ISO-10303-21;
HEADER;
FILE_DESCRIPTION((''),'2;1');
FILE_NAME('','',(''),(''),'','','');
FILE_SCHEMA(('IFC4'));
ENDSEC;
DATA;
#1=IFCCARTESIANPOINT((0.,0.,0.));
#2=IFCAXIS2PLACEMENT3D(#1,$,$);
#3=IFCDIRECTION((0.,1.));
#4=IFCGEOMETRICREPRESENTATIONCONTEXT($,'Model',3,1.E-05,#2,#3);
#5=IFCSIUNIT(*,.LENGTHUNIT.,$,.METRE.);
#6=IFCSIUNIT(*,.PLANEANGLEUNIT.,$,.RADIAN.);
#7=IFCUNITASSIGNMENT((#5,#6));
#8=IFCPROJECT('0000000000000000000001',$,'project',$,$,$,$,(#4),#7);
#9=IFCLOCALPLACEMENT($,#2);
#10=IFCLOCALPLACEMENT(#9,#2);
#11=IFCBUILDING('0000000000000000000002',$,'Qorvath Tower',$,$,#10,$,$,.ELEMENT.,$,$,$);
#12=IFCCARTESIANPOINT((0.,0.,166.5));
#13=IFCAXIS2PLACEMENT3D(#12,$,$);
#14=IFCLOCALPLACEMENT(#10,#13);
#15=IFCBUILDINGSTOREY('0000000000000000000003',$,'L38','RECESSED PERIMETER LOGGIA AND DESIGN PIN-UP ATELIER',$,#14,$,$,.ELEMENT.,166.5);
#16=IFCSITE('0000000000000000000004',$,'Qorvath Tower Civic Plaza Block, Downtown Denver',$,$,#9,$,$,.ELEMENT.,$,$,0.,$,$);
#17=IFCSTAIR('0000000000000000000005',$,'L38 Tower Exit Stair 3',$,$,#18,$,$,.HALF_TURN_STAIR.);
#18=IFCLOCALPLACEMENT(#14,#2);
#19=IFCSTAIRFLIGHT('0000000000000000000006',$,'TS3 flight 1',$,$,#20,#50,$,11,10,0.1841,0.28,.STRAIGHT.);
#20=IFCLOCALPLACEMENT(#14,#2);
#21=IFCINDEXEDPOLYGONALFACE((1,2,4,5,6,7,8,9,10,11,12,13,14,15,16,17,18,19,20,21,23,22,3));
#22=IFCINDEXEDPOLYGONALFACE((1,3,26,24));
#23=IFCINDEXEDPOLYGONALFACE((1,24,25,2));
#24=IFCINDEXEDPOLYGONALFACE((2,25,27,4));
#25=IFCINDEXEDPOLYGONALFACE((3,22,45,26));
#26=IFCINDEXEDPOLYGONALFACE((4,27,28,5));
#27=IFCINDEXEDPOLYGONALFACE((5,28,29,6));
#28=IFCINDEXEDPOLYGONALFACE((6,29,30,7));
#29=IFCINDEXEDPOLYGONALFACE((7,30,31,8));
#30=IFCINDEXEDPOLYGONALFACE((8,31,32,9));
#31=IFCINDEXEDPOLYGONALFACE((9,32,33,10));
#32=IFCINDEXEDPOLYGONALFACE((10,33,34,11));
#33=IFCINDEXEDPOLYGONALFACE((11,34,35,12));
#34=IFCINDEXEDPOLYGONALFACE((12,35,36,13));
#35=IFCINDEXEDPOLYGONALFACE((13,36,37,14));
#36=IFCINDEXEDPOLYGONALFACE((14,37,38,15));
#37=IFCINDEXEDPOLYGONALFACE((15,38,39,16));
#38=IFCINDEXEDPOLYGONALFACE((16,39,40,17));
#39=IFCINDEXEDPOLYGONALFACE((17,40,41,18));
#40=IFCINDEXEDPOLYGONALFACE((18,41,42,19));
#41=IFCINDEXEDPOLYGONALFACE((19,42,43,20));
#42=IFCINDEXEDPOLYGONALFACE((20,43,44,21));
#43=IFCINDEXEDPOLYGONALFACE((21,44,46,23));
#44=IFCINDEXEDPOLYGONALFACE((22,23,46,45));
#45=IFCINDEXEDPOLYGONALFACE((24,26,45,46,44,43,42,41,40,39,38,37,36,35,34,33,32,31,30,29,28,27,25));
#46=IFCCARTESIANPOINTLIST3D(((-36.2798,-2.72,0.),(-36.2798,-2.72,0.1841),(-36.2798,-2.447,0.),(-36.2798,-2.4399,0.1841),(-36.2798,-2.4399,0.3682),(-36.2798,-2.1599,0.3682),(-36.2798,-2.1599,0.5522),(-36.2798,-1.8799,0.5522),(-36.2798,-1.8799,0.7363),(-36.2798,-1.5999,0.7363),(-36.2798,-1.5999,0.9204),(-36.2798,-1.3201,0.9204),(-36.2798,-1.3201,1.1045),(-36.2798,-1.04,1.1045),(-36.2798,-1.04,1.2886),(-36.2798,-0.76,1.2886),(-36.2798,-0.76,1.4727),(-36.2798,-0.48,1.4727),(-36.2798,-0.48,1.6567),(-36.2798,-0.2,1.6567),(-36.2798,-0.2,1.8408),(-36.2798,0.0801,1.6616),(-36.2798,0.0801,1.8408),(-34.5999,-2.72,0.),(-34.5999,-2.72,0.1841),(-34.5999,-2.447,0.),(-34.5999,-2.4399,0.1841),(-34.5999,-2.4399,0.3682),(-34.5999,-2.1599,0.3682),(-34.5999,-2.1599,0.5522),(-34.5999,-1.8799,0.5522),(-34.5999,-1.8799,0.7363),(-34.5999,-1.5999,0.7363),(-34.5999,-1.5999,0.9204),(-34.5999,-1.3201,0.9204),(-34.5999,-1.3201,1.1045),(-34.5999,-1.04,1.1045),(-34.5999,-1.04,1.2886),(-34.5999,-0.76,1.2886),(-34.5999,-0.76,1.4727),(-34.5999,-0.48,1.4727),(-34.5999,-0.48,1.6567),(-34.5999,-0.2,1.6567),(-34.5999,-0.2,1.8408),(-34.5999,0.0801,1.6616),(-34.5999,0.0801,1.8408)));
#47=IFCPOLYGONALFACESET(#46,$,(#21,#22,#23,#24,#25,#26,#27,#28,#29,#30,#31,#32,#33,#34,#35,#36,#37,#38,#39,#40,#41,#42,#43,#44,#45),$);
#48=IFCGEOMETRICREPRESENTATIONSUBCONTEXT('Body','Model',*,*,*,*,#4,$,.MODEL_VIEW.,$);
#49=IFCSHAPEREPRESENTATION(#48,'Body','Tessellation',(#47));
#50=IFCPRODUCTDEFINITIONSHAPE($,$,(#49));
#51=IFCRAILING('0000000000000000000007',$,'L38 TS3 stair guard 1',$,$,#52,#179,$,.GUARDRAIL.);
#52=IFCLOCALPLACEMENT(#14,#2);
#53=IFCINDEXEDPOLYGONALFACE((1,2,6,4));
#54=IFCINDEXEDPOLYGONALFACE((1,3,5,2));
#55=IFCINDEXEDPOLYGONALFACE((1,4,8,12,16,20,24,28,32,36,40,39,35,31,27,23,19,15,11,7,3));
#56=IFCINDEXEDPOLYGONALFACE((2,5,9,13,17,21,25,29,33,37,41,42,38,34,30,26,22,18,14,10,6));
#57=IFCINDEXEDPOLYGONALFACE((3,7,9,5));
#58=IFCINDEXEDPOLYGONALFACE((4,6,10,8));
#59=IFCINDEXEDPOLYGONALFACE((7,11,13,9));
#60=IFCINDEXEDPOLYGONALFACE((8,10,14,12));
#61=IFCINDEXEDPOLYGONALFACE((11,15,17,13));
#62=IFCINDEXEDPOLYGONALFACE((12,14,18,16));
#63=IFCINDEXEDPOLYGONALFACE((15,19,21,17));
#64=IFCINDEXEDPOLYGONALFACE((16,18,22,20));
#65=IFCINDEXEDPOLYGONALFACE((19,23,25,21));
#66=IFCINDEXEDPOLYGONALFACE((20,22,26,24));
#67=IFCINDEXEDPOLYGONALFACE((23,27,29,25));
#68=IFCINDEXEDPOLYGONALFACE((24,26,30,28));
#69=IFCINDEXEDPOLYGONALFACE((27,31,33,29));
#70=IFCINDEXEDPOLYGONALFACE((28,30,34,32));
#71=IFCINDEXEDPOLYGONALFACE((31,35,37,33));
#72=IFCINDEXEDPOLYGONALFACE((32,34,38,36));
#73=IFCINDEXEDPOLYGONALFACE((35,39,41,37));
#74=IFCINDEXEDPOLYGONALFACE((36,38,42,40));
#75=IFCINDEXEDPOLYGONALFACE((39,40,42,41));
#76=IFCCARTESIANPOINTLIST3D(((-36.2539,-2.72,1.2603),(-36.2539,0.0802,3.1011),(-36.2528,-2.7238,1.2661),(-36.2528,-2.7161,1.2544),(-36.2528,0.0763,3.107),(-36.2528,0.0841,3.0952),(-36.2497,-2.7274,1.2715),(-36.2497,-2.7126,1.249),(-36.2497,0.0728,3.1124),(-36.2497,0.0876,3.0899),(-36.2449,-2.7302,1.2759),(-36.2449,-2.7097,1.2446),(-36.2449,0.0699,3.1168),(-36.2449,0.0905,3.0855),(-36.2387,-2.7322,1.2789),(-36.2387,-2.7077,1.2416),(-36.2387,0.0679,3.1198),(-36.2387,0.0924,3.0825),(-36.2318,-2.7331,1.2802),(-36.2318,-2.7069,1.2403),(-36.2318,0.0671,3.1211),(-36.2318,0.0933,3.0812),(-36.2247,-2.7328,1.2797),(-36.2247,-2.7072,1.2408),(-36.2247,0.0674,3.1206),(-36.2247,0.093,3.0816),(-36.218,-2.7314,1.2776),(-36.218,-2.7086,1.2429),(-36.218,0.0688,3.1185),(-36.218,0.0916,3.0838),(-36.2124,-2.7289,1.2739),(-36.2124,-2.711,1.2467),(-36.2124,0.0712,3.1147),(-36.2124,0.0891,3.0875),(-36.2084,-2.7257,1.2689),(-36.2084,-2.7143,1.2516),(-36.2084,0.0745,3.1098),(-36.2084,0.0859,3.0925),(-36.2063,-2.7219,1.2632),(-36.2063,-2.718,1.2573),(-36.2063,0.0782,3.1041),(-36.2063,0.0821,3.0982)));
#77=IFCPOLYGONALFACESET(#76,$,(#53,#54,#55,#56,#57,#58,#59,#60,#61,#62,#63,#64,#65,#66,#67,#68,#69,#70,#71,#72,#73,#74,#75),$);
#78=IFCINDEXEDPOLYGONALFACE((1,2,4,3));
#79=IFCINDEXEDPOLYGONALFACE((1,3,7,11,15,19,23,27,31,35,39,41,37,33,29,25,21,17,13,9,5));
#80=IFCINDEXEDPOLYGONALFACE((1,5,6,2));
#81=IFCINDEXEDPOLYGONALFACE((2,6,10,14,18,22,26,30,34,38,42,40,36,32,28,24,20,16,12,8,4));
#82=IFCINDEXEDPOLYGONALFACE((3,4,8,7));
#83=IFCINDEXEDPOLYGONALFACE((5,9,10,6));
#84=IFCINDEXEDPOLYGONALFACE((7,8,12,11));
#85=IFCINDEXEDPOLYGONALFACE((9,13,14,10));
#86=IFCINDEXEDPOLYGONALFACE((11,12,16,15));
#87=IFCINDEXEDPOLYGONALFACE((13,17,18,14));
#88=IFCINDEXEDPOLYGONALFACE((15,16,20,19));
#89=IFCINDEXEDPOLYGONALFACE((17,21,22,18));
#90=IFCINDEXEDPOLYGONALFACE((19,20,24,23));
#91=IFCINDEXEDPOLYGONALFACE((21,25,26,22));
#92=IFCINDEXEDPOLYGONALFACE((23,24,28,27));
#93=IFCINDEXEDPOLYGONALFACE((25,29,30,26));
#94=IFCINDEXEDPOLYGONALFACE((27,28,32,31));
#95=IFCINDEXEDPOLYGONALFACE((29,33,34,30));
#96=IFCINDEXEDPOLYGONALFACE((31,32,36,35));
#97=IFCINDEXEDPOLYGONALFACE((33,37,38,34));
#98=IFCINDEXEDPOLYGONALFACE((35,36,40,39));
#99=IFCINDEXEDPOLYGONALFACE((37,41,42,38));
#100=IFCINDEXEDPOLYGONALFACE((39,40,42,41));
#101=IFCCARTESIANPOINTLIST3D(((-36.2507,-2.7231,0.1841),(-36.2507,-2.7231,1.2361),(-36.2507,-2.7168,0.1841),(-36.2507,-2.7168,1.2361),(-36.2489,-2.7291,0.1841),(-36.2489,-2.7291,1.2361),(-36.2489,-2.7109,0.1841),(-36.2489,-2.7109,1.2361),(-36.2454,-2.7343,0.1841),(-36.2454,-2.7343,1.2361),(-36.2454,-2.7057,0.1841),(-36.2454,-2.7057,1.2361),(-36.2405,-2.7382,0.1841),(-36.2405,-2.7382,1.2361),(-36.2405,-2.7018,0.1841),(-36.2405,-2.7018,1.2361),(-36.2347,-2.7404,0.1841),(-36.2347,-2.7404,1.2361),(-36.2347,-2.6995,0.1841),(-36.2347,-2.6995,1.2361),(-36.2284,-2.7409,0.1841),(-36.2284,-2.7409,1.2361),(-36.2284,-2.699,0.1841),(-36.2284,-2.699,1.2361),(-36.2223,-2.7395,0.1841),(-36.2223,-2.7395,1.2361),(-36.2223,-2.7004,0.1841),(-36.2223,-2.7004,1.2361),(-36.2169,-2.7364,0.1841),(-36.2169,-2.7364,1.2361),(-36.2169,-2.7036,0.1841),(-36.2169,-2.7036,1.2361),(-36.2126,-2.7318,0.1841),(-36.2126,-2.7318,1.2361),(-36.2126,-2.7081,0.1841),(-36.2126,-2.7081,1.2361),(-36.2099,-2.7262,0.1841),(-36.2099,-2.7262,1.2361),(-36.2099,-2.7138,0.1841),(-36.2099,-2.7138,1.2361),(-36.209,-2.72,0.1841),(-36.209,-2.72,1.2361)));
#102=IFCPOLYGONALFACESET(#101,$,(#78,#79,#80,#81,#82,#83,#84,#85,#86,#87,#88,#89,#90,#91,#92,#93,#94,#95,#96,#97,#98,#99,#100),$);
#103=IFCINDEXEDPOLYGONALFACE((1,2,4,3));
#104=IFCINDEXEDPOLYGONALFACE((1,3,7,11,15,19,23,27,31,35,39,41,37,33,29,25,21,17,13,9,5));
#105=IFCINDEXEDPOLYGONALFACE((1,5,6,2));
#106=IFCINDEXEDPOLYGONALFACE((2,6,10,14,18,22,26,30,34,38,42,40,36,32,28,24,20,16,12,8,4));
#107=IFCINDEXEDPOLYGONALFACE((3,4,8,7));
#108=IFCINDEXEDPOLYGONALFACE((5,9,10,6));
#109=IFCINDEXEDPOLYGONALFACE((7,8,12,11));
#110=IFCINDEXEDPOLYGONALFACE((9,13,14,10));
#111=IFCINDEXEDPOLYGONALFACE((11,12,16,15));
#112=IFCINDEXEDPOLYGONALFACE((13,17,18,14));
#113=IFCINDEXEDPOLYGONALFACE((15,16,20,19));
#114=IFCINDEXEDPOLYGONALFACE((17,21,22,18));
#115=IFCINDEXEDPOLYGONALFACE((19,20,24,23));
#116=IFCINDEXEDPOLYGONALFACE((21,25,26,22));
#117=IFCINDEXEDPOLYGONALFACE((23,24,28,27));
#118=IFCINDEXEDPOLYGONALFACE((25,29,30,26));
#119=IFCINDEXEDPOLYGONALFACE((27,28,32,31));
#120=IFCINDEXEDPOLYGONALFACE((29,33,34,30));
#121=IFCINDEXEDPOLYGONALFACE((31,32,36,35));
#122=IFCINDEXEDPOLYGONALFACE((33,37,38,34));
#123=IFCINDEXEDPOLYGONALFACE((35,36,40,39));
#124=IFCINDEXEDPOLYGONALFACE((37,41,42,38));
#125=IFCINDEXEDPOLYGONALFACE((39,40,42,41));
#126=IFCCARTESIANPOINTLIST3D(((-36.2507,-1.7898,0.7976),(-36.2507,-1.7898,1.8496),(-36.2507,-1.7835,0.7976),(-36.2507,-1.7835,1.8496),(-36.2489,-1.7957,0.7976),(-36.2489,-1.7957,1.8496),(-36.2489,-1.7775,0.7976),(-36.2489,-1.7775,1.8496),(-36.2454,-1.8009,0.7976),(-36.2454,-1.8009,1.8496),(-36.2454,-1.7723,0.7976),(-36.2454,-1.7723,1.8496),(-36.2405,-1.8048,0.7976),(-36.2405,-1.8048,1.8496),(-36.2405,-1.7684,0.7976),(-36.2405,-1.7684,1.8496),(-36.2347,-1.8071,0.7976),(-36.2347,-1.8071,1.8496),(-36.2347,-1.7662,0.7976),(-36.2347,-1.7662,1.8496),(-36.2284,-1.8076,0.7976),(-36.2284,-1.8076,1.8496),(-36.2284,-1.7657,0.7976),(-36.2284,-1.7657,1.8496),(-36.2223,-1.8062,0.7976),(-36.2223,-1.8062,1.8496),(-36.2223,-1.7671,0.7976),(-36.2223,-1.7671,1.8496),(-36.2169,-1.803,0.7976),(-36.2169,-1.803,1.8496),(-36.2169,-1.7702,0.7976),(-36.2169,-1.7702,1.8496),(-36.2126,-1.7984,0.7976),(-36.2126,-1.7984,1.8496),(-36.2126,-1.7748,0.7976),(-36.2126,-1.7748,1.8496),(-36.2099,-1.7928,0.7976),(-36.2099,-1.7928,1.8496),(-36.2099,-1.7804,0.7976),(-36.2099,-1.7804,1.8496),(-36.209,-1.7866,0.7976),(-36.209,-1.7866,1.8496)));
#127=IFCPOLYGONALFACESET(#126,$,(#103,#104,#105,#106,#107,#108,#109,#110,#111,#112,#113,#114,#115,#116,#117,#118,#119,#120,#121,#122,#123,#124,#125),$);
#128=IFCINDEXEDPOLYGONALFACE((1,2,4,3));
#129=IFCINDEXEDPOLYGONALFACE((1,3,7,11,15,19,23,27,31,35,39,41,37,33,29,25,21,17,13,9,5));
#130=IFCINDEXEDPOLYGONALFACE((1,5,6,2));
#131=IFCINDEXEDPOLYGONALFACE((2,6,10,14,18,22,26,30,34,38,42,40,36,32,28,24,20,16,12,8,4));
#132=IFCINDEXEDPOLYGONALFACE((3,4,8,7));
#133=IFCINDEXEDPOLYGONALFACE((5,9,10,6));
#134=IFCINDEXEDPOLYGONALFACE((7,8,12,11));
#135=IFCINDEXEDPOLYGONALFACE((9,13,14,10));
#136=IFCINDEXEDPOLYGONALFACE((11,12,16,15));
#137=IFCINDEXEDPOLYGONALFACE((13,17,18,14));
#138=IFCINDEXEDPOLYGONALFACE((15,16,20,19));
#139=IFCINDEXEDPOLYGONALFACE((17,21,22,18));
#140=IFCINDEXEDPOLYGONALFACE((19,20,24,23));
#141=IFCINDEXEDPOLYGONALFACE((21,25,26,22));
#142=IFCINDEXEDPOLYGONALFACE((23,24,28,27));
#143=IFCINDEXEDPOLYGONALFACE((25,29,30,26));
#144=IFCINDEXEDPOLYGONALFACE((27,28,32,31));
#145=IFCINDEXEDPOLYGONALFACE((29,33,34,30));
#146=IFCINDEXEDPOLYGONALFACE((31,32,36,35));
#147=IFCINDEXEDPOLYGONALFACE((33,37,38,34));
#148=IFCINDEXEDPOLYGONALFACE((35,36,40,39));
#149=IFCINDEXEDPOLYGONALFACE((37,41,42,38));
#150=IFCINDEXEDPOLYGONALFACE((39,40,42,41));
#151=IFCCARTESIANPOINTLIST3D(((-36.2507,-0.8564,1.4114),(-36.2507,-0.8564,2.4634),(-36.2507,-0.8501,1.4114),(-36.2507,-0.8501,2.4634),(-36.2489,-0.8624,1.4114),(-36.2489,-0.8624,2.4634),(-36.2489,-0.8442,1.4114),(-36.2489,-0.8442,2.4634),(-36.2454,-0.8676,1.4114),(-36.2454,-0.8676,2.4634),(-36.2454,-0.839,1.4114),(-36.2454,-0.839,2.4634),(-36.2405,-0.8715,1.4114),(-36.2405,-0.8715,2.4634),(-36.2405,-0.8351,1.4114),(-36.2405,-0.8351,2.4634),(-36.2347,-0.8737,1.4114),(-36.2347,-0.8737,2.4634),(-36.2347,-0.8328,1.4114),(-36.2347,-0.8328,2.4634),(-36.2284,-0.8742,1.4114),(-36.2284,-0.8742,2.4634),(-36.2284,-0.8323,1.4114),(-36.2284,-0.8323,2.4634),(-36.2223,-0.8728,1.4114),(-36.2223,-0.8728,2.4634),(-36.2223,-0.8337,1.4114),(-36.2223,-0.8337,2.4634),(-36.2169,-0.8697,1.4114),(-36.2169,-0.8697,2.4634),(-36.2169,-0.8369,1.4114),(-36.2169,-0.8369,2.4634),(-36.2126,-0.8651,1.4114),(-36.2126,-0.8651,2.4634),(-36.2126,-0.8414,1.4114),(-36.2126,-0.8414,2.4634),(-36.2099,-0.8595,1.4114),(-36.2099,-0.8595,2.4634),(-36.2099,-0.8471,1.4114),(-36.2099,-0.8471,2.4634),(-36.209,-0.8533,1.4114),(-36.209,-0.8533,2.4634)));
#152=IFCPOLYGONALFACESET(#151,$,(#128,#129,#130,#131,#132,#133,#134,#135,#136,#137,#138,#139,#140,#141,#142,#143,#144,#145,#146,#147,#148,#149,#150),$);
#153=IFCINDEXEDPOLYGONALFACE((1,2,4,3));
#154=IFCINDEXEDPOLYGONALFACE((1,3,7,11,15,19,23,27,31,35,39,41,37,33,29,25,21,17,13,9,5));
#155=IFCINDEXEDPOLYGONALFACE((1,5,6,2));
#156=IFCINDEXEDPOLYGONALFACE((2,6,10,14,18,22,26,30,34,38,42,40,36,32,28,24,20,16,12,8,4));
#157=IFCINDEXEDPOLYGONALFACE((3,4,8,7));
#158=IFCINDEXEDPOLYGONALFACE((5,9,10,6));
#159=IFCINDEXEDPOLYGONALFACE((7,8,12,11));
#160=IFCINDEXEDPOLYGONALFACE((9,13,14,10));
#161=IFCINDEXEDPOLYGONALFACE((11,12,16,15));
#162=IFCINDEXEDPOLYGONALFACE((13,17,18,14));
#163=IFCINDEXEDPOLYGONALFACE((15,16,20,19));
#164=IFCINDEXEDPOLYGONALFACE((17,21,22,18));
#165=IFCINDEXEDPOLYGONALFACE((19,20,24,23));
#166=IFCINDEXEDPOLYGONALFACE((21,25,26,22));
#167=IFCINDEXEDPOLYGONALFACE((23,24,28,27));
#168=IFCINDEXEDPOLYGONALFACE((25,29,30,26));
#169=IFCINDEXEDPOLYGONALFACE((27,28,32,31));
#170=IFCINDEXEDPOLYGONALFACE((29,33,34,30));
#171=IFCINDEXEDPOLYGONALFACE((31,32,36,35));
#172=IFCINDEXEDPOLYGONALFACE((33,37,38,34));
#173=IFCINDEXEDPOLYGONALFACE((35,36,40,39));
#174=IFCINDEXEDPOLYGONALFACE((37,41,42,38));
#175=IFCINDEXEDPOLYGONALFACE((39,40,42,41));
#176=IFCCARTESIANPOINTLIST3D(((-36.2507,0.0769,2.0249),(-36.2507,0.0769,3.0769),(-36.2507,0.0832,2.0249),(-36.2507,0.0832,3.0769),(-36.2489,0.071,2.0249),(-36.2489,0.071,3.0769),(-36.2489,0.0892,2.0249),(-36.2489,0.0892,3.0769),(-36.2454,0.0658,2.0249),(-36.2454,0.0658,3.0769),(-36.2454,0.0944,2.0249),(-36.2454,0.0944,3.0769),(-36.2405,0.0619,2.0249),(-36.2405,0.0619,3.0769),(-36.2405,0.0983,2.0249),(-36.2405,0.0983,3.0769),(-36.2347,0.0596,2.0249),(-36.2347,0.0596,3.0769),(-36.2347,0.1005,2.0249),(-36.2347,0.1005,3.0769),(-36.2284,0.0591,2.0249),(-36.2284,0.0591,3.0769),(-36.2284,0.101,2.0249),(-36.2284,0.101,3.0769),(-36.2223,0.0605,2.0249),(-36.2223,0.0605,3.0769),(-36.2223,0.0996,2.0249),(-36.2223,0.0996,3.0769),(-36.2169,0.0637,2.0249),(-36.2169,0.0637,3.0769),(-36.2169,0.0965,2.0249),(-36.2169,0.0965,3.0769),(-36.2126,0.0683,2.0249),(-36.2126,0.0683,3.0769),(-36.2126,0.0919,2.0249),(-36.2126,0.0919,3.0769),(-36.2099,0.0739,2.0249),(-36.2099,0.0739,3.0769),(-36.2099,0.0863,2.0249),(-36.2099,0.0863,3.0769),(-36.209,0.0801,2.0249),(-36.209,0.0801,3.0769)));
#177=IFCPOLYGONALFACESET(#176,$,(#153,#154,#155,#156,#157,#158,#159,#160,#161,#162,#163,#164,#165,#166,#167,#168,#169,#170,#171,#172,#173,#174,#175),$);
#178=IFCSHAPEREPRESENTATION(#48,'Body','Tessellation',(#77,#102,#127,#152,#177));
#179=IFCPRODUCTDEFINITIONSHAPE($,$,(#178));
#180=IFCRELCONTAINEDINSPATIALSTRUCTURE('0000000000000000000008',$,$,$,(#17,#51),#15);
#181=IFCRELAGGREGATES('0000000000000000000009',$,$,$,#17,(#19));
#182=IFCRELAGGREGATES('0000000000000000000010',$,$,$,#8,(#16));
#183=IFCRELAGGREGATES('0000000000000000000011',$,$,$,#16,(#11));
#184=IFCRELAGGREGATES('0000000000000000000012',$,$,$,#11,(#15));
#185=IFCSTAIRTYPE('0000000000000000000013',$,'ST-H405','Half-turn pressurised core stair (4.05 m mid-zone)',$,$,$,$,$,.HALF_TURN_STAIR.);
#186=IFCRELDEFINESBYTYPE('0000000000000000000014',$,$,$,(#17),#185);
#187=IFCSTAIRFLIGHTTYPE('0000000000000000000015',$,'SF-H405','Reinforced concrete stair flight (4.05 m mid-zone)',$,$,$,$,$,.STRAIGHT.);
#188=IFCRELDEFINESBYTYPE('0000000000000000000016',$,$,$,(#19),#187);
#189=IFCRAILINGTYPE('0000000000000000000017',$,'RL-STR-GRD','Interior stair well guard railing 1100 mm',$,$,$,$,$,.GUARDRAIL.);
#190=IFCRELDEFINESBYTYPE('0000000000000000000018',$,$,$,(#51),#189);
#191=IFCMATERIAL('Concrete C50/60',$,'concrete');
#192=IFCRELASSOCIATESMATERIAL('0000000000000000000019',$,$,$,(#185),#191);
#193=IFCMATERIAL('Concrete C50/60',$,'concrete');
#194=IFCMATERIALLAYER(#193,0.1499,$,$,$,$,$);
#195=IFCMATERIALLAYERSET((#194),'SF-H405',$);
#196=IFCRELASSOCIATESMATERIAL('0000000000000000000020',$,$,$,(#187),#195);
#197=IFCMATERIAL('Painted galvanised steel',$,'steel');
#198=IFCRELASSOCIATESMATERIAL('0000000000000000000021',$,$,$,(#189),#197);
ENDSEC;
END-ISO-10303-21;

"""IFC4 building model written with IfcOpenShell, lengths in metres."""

from ifc_helpers import new_model, si_unit, direction, frame, origin, origin_2d, place, context, subcontext, project, spatial, polyline, circle, outline, extrude, material, layer, layer_set, type_object, element, aggregate, save


model = new_model("IFC4")

# Units and contexts
model_context = context("Model", 3, precision=1e-05, world=origin(), true_north=direction((0.0, 1.0)))
body_context = subcontext(model_context, "Body", "Model", "MODEL_VIEW")
ifc_project = project(units=[si_unit("LENGTHUNIT", "METRE"), si_unit("PLANEANGLEUNIT", "RADIAN")], contexts=[model_context])

# Site, building, storey
site_placement = place(None, origin())
site = spatial("IfcSite", under=ifc_project, at=site_placement, Name="Qorvath Tower Civic Plaza Block, Downtown Denver", CompositionType="ELEMENT", RefElevation=0.0)
building_placement = place(site_placement, origin())
building = spatial("IfcBuilding", under=site, at=building_placement, Name="Qorvath Tower", CompositionType="ELEMENT")
storey_placement = place(building_placement, frame((0.0, 0.0, 166.5)))
storey = spatial("IfcBuildingStorey", under=building, at=storey_placement, Name="L38", Description="RECESSED PERIMETER LOGGIA AND DESIGN PIN-UP ATELIER", CompositionType="ELEMENT", Elevation=166.5)

# Stair, stair flight
ifc_material_1 = material(Name="Concrete C50/60", Category="concrete")
stair_type = type_object("IfcStairType", Name="ST-H405", Description="Half-turn pressurised core stair (4.05 m mid-zone)", PredefinedType="HALF_TURN_STAIR", material=ifc_material_1)
stair_placement = place(storey_placement, origin())
stair = element("IfcStair", 1, at=stair_placement, inside=storey, type_object=stair_type, Name="L38 Tower Exit Stair 3", PredefinedType="HALF_TURN_STAIR")
ifc_material_2 = material(Name="Concrete C50/60", Category="concrete")
ifc_layer_1 = layer(ifc_material_2, 0.1499)
ifc_layer_set_1 = layer_set([ifc_layer_1], Name="SF-H405")
stair_flight_type = type_object("IfcStairFlightType", Name="SF-H405", Description="Reinforced concrete stair flight (4.05 m mid-zone)", PredefinedType="STRAIGHT", material=ifc_layer_set_1)
stair_flight_placement = place(storey_placement, frame((-35.4399, -2.72, 0.0), z_axis=(0.0, 0.0, 1.0), x_axis=(0.0, 1.0, 0.0)))
stair_flight = element("IfcStairFlight", 2, at=stair_flight_placement, type_object=stair_flight_type, Name="TS3 flight 1", NumberOfRisers=11, NumberOfTreads=10, PredefinedType="STRAIGHT", RiserHeight=0.1841, TreadLength=0.28, context=body_context, shape_type="SweptSolid", body=[
    extrude(outline(polyline([(0.0, 0.0), (0.0, 0.1841), (0.28, 0.1841), (0.28, 0.3682), (0.5601, 0.3682), (0.5601, 0.5522), (0.8401, 0.5522), (0.8401, 0.7363), (1.1201, 0.7363), (1.1201, 0.9204), (1.3999, 0.9204), (1.3999, 1.1045), (1.6799, 1.1045), (1.6799, 1.2886), (1.96, 1.2886), (1.96, 1.4727), (2.24, 1.4727), (2.24, 1.6567), (2.52, 1.6567), (2.52, 1.8408), (2.8, 1.8408), (2.8, 2.0249), (2.8, 1.6616), (0.2729, 0.0), (0.0, 0.0)])), frame((0.0, 0.8398, 0.0), z_axis=(0.0, -1.0, 0.0), x_axis=(1.0, 0.0, 0.0)), (0.0, 0.0, 1.0), 1.6799),
])
aggregate(stair, [stair_flight])

# Railing
ifc_material_3 = material(Name="Painted galvanised steel", Category="steel")
railing_type_1 = type_object("IfcRailingType", Name="RL-STR-GRD", Description="Interior stair well guard railing 1100 mm", PredefinedType="GUARDRAIL", material=ifc_material_3)
railing_1_placement = place(storey_placement, frame((-36.23, -2.72, 0.1841)))
element("IfcRailing", 3, at=railing_1_placement, inside=storey, type_object=railing_type_1, Name="L38 TS3 stair guard 1", PredefinedType="GUARDRAIL", context=body_context, shape_type="SweptSolid", body=[
    extrude(circle(Radius=0.0239, at=origin_2d()), frame((0.0, 0.0, 1.0762), z_axis=(0.0, 0.835598, 0.549342), x_axis=(-1.0, 0.0, 0.0)), (0.0, 0.0, 1.0), 3.3511),
    extrude(circle(Radius=0.021, at=origin_2d()), origin(), (0.0, 0.0, 1.0), 1.052),
    extrude(circle(Radius=0.021, at=origin_2d()), frame((0.0, 0.9333, 0.6135)), (0.0, 0.0, 1.0), 1.052),
    extrude(circle(Radius=0.021, at=origin_2d()), frame((0.0, 1.8667, 1.2273)), (0.0, 0.0, 1.0), 1.052),
    extrude(circle(Radius=0.021, at=origin_2d()), frame((0.0, 2.8, 1.8408)), (0.0, 0.0, 1.0), 1.052),
])

save(model, "model.ifc")
